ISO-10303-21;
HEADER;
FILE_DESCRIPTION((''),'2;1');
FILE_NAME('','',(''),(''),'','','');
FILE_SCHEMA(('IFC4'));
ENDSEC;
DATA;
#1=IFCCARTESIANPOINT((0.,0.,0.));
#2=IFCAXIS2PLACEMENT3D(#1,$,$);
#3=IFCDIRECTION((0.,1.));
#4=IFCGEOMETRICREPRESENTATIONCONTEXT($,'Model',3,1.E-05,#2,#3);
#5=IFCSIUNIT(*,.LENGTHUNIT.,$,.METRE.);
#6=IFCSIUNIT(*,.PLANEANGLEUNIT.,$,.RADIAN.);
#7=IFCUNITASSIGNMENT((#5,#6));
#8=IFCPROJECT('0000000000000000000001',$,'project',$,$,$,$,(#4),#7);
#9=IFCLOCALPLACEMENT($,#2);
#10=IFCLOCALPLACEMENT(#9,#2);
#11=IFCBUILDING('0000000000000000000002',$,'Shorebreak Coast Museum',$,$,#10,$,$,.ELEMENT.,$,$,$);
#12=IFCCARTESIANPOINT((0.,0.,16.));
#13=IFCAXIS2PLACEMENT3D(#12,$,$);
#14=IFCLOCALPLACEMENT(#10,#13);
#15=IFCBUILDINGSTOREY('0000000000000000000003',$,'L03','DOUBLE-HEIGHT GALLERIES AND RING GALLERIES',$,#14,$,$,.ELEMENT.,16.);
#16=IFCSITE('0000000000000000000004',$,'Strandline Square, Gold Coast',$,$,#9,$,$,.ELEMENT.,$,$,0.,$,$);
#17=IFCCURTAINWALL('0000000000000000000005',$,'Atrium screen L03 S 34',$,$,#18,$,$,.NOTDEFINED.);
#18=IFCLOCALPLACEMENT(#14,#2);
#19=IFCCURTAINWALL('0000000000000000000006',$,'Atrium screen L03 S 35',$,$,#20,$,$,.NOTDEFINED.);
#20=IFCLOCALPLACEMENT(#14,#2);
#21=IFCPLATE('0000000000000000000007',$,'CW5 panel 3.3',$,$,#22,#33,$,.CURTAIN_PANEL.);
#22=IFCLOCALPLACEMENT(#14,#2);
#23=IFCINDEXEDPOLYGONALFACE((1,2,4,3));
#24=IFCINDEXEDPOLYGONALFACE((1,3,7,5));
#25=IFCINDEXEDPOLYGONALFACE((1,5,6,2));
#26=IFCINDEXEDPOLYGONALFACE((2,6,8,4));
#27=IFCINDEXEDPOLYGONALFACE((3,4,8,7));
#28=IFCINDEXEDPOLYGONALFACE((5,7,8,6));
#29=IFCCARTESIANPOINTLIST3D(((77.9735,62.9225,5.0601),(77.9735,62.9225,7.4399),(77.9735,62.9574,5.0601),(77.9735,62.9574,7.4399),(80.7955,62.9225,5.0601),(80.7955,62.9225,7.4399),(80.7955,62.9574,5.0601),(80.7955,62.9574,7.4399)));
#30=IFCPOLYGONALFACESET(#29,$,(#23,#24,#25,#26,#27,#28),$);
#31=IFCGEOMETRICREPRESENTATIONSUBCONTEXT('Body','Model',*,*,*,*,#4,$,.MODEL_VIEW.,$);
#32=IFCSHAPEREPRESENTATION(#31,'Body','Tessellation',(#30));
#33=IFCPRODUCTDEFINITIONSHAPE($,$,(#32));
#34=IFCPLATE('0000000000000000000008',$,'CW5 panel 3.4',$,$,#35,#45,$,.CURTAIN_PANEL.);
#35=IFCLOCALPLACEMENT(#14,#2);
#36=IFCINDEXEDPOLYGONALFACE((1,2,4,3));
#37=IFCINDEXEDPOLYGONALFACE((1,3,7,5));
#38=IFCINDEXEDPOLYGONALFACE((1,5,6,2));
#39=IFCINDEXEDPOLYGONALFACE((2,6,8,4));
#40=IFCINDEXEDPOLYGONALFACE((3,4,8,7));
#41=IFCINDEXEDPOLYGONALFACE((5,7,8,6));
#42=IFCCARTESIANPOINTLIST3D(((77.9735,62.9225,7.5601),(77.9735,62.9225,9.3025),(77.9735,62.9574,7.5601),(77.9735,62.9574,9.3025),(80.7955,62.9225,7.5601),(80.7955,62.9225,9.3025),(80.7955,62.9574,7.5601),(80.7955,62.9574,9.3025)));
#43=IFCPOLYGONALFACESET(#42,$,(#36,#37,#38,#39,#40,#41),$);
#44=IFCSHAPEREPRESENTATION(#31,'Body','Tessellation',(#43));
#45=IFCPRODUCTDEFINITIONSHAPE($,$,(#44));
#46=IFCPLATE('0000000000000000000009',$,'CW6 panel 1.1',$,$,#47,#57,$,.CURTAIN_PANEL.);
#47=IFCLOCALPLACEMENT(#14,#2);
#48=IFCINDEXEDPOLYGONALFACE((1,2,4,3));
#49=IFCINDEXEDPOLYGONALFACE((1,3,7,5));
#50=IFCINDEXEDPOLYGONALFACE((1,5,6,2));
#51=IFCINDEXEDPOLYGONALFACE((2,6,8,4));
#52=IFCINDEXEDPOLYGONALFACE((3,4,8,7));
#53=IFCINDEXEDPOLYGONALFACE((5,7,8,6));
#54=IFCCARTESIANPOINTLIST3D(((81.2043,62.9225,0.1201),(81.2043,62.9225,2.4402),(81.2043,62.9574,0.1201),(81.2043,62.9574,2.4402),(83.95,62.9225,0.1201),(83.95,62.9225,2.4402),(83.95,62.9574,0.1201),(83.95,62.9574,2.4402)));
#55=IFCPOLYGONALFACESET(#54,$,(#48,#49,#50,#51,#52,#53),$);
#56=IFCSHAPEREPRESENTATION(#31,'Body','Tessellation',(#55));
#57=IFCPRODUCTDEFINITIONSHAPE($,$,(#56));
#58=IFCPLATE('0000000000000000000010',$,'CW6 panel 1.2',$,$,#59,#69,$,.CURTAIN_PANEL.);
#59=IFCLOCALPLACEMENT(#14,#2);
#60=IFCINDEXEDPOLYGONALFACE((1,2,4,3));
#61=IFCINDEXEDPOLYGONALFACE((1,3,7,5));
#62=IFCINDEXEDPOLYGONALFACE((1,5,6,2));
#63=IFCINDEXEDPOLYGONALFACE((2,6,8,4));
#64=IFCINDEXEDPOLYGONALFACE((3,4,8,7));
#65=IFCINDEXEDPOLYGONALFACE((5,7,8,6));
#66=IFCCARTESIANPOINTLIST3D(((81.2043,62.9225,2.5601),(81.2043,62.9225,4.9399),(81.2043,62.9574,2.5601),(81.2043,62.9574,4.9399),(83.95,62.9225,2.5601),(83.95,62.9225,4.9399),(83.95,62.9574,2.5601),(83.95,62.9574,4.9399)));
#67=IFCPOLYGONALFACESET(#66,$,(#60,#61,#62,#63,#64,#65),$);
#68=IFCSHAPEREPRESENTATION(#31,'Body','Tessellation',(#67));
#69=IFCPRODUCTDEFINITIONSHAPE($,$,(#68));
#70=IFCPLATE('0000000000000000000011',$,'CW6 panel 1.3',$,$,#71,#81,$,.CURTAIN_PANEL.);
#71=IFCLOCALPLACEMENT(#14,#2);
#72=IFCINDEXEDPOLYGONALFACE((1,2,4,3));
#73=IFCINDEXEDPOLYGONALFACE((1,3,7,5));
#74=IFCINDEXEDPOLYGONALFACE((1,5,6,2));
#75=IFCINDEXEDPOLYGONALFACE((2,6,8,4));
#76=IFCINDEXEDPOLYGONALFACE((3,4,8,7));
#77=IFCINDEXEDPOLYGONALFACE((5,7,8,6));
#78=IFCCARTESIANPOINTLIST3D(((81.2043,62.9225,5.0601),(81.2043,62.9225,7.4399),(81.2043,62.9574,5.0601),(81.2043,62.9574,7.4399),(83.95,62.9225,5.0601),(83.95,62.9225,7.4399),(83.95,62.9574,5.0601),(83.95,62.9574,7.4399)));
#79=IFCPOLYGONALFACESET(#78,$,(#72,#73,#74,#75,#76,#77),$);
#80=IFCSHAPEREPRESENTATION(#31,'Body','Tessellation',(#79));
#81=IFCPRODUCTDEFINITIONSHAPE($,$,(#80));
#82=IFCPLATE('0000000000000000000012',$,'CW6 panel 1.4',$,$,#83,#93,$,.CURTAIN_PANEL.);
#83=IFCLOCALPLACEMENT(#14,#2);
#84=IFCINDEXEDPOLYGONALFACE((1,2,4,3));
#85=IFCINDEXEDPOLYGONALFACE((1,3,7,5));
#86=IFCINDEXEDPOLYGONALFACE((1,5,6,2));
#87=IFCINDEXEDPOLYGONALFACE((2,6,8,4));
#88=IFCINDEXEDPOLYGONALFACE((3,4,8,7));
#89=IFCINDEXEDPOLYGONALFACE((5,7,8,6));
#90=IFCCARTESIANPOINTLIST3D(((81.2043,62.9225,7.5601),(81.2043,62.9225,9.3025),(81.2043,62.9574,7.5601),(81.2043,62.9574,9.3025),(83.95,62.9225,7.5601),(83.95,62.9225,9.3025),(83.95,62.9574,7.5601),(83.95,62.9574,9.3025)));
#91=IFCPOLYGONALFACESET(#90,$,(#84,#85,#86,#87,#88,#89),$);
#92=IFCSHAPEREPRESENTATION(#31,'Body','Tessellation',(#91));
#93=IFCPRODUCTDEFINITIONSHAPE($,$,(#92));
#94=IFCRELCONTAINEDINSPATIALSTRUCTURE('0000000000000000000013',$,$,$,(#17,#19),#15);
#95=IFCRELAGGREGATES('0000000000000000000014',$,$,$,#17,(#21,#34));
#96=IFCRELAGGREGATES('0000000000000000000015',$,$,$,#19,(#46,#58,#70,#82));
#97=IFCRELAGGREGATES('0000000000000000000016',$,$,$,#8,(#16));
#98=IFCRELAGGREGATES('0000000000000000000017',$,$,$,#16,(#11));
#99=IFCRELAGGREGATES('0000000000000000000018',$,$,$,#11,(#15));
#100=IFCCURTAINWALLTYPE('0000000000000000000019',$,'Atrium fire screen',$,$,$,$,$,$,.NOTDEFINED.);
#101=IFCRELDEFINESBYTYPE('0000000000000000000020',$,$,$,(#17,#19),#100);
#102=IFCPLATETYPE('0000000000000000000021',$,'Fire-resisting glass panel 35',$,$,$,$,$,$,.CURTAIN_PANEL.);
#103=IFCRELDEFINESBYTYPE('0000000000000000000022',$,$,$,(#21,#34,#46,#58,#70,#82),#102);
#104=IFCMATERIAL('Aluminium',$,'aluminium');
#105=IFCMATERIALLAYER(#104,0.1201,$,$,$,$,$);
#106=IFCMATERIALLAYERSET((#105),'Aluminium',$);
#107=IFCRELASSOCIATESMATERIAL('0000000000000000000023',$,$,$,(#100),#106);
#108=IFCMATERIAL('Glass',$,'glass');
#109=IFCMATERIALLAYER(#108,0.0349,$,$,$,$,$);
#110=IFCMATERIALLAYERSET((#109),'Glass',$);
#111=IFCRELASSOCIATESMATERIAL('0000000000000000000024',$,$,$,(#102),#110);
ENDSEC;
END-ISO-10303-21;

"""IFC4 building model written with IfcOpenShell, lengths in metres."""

from ifc_helpers import new_model, si_unit, direction, frame, origin, origin_2d, place, context, subcontext, project, spatial, rectangle, extrude, material, layer, layer_set, type_object, element, aggregate, save


model = new_model("IFC4")

# Units and contexts
model_context = context("Model", 3, precision=1e-05, world=origin(), true_north=direction((0.0, 1.0)))
body_context = subcontext(model_context, "Body", "Model", "MODEL_VIEW")
ifc_project = project(units=[si_unit("LENGTHUNIT", "METRE"), si_unit("PLANEANGLEUNIT", "RADIAN")], contexts=[model_context])

# Site, building, storey
site_placement = place(None, origin())
site = spatial("IfcSite", under=ifc_project, at=site_placement, Name="Strandline Square, Gold Coast", CompositionType="ELEMENT", RefElevation=0.0)
building_placement = place(site_placement, origin())
building = spatial("IfcBuilding", under=site, at=building_placement, Name="Shorebreak Coast Museum", CompositionType="ELEMENT")
storey_placement = place(building_placement, frame((0.0, 0.0, 16.0)))
storey = spatial("IfcBuildingStorey", under=building, at=storey_placement, Name="L03", Description="DOUBLE-HEIGHT GALLERIES AND RING GALLERIES", CompositionType="ELEMENT", Elevation=16.0)

# Curtain wall
ifc_material_1 = material(Name="Aluminium", Category="aluminium")
ifc_layer_1 = layer(ifc_material_1, 0.1201)
ifc_layer_set_1 = layer_set([ifc_layer_1], Name="Aluminium")
curtain_wall_type = type_object("IfcCurtainWallType", Name="Atrium fire screen", PredefinedType="NOTDEFINED", material=ifc_layer_set_1)
curtain_wall_1_placement = place(storey_placement, origin())
curtain_wall_1 = element("IfcCurtainWall", 1, at=curtain_wall_1_placement, inside=storey, type_object=curtain_wall_type, Name="Atrium screen L03 S 34", PredefinedType="NOTDEFINED")

# Curtain wall
curtain_wall_2_placement = place(storey_placement, origin())
curtain_wall_2 = element("IfcCurtainWall", 2, at=curtain_wall_2_placement, inside=storey, type_object=curtain_wall_type, Name="Atrium screen L03 S 35", PredefinedType="NOTDEFINED")

# Plates
ifc_material_2 = material(Name="Glass", Category="glass")
ifc_layer_2 = layer(ifc_material_2, 0.0349)
ifc_layer_set_2 = layer_set([ifc_layer_2], Name="Glass")
plate_type = type_object("IfcPlateType", Name="Fire-resisting glass panel 35", PredefinedType="CURTAIN_PANEL", material=ifc_layer_set_2)
plate_1_placement = place(storey_placement, frame((79.3845, 62.9399, 5.0601), z_axis=(0.0, 0.0, 1.0), x_axis=(1.0, 0.0, 0.0)))
plate_1 = element("IfcPlate", 3, at=plate_1_placement, type_object=plate_type, Name="CW5 panel 3.3", PredefinedType="CURTAIN_PANEL", context=body_context, shape_type="SweptSolid", body=[
    extrude(rectangle(XDim=2.822, YDim=0.0349, at=origin_2d()), origin(), (0.0, 0.0, 1.0), 2.3799),
])
plate_2_placement = place(storey_placement, frame((79.3845, 62.9399, 7.5601), z_axis=(0.0, 0.0, 1.0), x_axis=(1.0, 0.0, 0.0)))
plate_2 = element("IfcPlate", 4, at=plate_2_placement, type_object=plate_type, Name="CW5 panel 3.4", PredefinedType="CURTAIN_PANEL", context=body_context, shape_type="SweptSolid", body=[
    extrude(rectangle(XDim=2.822, YDim=0.0349, at=origin_2d()), origin(), (0.0, 0.0, 1.0), 1.7424),
])
aggregate(curtain_wall_1, [plate_1, plate_2])
plate_3_placement = place(storey_placement, frame((82.5771, 62.9399, 0.1201), z_axis=(0.0, 0.0, 1.0), x_axis=(1.0, 0.0, 0.0)))
plate_3 = element("IfcPlate", 5, at=plate_3_placement, type_object=plate_type, Name="CW6 panel 1.1", PredefinedType="CURTAIN_PANEL", context=body_context, shape_type="SweptSolid", body=[
    extrude(rectangle(XDim=2.7456, YDim=0.0349, at=origin_2d()), origin(), (0.0, 0.0, 1.0), 2.3201),
])
plate_4_placement = place(storey_placement, frame((82.5771, 62.9399, 2.5601), z_axis=(0.0, 0.0, 1.0), x_axis=(1.0, 0.0, 0.0)))
plate_4 = element("IfcPlate", 6, at=plate_4_placement, type_object=plate_type, Name="CW6 panel 1.2", PredefinedType="CURTAIN_PANEL", context=body_context, shape_type="SweptSolid", body=[
    extrude(rectangle(XDim=2.7456, YDim=0.0349, at=origin_2d()), origin(), (0.0, 0.0, 1.0), 2.3799),
])
plate_5_placement = place(storey_placement, frame((82.5771, 62.9399, 5.0601), z_axis=(0.0, 0.0, 1.0), x_axis=(1.0, 0.0, 0.0)))
plate_5 = element("IfcPlate", 7, at=plate_5_placement, type_object=plate_type, Name="CW6 panel 1.3", PredefinedType="CURTAIN_PANEL", context=body_context, shape_type="SweptSolid", body=[
    extrude(rectangle(XDim=2.7456, YDim=0.0349, at=origin_2d()), origin(), (0.0, 0.0, 1.0), 2.3799),
])
plate_6_placement = place(storey_placement, frame((82.5771, 62.9399, 7.5601), z_axis=(0.0, 0.0, 1.0), x_axis=(1.0, 0.0, 0.0)))
plate_6 = element("IfcPlate", 8, at=plate_6_placement, type_object=plate_type, Name="CW6 panel 1.4", PredefinedType="CURTAIN_PANEL", context=body_context, shape_type="SweptSolid", body=[
    extrude(rectangle(XDim=2.7456, YDim=0.0349, at=origin_2d()), origin(), (0.0, 0.0, 1.0), 1.7424),
])
aggregate(curtain_wall_2, [plate_3, plate_4, plate_5, plate_6])

save(model, "model.ifc")
